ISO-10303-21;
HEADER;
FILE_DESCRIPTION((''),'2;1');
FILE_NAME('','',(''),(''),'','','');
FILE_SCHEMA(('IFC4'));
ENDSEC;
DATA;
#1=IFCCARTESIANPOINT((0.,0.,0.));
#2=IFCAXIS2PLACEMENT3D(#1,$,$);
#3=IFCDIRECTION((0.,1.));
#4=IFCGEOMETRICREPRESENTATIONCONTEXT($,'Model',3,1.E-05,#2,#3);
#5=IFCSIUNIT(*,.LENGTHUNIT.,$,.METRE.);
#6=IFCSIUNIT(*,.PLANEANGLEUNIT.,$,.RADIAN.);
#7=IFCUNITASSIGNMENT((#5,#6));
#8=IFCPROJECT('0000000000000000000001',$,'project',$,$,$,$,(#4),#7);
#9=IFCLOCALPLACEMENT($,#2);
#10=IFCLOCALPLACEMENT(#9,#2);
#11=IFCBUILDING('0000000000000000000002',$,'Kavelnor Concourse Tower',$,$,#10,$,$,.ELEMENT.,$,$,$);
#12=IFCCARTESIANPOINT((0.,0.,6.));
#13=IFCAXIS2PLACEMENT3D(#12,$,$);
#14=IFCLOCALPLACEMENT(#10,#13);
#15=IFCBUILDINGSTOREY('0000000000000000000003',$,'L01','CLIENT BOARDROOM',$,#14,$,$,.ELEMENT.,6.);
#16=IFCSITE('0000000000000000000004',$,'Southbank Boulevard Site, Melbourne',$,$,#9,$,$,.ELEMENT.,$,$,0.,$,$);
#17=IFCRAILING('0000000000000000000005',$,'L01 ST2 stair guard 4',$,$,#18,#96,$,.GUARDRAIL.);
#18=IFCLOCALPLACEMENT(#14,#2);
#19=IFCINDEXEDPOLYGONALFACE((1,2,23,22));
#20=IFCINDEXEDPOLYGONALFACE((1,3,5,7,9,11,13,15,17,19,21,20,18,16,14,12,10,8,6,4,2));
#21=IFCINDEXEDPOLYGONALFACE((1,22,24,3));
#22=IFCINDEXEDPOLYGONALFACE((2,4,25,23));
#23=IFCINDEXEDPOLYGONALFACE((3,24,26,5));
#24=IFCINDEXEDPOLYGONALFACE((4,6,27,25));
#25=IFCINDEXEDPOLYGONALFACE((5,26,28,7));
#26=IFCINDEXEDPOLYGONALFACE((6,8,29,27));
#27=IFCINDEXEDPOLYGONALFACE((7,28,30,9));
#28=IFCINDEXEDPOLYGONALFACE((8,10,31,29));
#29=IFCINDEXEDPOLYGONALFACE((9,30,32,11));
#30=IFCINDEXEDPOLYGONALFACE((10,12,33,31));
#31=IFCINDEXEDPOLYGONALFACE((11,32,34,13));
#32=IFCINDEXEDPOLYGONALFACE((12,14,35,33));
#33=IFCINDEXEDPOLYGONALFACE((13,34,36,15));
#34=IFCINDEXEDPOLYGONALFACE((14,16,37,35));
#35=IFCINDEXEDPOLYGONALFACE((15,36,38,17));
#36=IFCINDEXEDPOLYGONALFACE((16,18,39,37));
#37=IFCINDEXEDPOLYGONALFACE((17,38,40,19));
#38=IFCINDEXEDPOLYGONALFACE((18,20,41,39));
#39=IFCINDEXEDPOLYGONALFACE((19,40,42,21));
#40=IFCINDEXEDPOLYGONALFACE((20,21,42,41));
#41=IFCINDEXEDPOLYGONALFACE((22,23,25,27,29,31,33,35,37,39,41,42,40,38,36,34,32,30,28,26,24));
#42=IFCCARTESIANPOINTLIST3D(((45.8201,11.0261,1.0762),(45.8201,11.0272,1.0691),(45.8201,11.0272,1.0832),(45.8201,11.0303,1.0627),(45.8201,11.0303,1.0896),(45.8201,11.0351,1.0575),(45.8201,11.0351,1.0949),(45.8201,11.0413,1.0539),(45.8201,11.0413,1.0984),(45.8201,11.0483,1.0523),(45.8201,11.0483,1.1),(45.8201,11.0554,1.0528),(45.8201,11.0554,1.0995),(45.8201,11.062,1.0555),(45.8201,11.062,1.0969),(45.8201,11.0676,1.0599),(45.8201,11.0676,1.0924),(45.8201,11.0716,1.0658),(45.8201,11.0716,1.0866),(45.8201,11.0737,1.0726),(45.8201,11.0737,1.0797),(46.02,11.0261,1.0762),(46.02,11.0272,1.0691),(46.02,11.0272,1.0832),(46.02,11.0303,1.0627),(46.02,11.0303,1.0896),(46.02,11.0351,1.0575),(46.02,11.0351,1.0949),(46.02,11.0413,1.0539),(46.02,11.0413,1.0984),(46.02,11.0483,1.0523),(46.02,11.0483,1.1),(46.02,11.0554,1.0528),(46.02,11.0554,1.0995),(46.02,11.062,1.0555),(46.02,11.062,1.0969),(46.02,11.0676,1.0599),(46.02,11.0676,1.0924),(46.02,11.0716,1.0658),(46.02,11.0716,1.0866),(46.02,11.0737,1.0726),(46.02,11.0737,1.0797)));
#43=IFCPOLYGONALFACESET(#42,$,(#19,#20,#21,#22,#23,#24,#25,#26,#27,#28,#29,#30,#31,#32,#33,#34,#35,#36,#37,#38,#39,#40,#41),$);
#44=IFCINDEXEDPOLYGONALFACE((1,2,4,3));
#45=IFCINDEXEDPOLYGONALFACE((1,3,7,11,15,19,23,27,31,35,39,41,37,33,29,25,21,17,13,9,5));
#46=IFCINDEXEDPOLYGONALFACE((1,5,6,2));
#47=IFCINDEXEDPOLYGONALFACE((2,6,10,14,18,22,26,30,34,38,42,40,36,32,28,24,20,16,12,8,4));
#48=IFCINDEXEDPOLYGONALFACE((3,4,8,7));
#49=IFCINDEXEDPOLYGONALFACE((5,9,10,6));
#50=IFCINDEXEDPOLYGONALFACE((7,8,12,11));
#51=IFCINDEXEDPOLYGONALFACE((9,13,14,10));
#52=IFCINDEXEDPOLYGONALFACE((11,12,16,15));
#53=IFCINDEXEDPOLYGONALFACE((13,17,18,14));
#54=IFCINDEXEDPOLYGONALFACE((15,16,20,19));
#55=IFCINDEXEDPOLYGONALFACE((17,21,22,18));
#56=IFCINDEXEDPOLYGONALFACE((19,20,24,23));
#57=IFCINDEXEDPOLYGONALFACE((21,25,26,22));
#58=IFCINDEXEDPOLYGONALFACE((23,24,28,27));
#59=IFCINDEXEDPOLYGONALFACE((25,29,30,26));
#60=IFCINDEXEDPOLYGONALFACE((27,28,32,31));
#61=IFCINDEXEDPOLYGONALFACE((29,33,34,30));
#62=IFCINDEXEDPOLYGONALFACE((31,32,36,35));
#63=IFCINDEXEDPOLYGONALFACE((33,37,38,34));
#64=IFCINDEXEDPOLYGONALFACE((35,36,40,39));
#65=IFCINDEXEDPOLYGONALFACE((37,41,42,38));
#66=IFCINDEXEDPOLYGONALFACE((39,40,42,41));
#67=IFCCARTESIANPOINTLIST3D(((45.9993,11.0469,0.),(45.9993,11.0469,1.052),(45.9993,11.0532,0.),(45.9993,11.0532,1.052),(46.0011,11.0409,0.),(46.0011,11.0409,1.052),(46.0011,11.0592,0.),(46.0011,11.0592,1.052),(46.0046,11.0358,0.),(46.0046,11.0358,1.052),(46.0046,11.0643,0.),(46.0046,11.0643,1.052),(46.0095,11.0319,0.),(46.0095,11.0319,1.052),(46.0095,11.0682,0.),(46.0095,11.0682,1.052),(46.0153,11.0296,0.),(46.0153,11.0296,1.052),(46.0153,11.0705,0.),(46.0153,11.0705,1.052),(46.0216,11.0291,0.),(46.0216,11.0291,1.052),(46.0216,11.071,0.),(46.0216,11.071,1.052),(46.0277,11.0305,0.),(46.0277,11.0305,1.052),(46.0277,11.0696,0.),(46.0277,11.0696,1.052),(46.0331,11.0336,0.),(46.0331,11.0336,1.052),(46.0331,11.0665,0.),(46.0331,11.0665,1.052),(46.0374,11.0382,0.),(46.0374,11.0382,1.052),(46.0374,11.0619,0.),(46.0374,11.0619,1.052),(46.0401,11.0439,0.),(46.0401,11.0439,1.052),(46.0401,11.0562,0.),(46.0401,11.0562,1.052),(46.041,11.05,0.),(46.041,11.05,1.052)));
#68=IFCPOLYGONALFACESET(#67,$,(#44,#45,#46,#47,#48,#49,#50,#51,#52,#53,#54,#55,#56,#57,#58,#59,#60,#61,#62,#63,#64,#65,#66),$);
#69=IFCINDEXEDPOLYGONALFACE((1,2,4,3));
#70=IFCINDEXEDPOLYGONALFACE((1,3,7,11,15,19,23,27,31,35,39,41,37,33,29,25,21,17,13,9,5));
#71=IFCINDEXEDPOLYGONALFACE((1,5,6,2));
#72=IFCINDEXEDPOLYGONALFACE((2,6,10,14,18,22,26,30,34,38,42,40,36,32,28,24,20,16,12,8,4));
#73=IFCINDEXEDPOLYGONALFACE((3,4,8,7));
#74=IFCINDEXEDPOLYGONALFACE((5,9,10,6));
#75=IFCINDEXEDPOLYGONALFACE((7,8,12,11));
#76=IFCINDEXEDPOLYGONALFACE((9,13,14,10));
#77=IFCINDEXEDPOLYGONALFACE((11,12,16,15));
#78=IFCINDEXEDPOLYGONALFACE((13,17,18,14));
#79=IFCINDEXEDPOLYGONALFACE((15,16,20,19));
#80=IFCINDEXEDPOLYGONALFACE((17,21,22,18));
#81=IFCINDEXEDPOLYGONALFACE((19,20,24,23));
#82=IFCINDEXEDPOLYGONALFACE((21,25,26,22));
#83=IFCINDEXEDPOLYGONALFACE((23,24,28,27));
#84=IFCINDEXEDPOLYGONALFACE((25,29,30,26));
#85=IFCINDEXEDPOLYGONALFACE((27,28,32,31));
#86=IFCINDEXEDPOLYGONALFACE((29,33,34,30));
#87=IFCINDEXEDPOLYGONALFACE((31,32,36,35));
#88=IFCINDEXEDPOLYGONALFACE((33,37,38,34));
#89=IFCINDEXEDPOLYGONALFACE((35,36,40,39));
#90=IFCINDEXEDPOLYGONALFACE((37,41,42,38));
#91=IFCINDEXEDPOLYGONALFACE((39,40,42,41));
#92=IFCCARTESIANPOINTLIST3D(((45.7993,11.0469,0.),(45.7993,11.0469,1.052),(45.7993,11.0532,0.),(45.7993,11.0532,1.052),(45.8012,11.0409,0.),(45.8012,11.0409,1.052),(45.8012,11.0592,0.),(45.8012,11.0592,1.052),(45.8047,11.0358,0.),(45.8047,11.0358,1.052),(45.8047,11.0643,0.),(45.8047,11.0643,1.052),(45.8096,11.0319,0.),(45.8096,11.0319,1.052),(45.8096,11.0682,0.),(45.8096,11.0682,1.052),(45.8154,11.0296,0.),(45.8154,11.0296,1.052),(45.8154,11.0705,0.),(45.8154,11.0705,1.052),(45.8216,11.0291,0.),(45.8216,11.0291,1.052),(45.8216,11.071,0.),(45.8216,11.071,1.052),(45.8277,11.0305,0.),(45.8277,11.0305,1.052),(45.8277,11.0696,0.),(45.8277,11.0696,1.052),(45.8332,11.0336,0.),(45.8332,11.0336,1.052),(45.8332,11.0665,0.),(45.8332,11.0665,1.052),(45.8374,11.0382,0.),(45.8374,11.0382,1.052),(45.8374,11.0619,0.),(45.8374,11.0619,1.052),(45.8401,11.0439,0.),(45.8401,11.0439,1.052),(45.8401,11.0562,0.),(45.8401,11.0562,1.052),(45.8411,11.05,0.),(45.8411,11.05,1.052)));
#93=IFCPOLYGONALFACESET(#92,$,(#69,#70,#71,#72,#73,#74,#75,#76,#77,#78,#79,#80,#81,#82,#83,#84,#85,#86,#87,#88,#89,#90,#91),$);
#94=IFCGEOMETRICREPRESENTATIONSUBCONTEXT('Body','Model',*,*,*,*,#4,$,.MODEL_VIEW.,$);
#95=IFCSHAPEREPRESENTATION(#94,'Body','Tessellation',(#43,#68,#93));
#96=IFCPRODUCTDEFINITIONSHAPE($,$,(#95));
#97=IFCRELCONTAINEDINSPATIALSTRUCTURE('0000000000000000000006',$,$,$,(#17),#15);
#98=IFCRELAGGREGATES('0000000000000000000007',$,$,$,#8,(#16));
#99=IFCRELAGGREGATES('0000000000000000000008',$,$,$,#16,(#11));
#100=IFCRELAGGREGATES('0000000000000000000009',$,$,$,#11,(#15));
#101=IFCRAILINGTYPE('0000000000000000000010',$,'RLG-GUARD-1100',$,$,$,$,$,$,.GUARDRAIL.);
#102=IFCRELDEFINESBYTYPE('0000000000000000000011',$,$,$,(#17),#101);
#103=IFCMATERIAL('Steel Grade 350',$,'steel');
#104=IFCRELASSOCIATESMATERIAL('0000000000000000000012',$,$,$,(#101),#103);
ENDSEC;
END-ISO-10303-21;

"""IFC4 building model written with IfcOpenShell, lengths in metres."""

from ifc_helpers import new_model, si_unit, direction, frame, origin, origin_2d, place, context, subcontext, project, spatial, circle, extrude, material, type_object, element, save


model = new_model("IFC4")

# Units and contexts
model_context = context("Model", 3, precision=1e-05, world=origin(), true_north=direction((0.0, 1.0)))
body_context = subcontext(model_context, "Body", "Model", "MODEL_VIEW")
ifc_project = project(units=[si_unit("LENGTHUNIT", "METRE"), si_unit("PLANEANGLEUNIT", "RADIAN")], contexts=[model_context])

# Site, building, storey
site_placement = place(None, origin())
site = spatial("IfcSite", under=ifc_project, at=site_placement, Name="Southbank Boulevard Site, Melbourne", CompositionType="ELEMENT", RefElevation=0.0)
building_placement = place(site_placement, origin())
building = spatial("IfcBuilding", under=site, at=building_placement, Name="Kavelnor Concourse Tower", CompositionType="ELEMENT")
storey_placement = place(building_placement, frame((0.0, 0.0, 6.0)))
storey = spatial("IfcBuildingStorey", under=building, at=storey_placement, Name="L01", Description="CLIENT BOARDROOM", CompositionType="ELEMENT", Elevation=6.0)

# Shared definitions
ifc_material_1 = material(Name="Steel Grade 350", Category="steel")

# Railing
railing_type_1 = type_object("IfcRailingType", Name="RLG-GUARD-1100", PredefinedType="GUARDRAIL", material=ifc_material_1)
railing_1_placement = place(storey_placement, frame((46.02, 11.05, 0.0)))
element("IfcRailing", 1, at=railing_1_placement, inside=storey, type_object=railing_type_1, Name="L01 ST2 stair guard 4", PredefinedType="GUARDRAIL", context=body_context, shape_type="SweptSolid", body=[
    extrude(circle(Radius=0.0239, at=origin_2d()), frame((0.0, 0.0, 1.0762), z_axis=(-1.0, 0.0, 0.0), x_axis=(0.0, -1.0, 0.0)), (0.0, 0.0, 1.0), 0.2),
    extrude(circle(Radius=0.021, at=origin_2d()), origin(), (0.0, 0.0, 1.0), 1.052),
    extrude(circle(Radius=0.021, at=origin_2d()), frame((-0.2, 0.0, 0.0)), (0.0, 0.0, 1.0), 1.052),
])

save(model, "model.ifc")
